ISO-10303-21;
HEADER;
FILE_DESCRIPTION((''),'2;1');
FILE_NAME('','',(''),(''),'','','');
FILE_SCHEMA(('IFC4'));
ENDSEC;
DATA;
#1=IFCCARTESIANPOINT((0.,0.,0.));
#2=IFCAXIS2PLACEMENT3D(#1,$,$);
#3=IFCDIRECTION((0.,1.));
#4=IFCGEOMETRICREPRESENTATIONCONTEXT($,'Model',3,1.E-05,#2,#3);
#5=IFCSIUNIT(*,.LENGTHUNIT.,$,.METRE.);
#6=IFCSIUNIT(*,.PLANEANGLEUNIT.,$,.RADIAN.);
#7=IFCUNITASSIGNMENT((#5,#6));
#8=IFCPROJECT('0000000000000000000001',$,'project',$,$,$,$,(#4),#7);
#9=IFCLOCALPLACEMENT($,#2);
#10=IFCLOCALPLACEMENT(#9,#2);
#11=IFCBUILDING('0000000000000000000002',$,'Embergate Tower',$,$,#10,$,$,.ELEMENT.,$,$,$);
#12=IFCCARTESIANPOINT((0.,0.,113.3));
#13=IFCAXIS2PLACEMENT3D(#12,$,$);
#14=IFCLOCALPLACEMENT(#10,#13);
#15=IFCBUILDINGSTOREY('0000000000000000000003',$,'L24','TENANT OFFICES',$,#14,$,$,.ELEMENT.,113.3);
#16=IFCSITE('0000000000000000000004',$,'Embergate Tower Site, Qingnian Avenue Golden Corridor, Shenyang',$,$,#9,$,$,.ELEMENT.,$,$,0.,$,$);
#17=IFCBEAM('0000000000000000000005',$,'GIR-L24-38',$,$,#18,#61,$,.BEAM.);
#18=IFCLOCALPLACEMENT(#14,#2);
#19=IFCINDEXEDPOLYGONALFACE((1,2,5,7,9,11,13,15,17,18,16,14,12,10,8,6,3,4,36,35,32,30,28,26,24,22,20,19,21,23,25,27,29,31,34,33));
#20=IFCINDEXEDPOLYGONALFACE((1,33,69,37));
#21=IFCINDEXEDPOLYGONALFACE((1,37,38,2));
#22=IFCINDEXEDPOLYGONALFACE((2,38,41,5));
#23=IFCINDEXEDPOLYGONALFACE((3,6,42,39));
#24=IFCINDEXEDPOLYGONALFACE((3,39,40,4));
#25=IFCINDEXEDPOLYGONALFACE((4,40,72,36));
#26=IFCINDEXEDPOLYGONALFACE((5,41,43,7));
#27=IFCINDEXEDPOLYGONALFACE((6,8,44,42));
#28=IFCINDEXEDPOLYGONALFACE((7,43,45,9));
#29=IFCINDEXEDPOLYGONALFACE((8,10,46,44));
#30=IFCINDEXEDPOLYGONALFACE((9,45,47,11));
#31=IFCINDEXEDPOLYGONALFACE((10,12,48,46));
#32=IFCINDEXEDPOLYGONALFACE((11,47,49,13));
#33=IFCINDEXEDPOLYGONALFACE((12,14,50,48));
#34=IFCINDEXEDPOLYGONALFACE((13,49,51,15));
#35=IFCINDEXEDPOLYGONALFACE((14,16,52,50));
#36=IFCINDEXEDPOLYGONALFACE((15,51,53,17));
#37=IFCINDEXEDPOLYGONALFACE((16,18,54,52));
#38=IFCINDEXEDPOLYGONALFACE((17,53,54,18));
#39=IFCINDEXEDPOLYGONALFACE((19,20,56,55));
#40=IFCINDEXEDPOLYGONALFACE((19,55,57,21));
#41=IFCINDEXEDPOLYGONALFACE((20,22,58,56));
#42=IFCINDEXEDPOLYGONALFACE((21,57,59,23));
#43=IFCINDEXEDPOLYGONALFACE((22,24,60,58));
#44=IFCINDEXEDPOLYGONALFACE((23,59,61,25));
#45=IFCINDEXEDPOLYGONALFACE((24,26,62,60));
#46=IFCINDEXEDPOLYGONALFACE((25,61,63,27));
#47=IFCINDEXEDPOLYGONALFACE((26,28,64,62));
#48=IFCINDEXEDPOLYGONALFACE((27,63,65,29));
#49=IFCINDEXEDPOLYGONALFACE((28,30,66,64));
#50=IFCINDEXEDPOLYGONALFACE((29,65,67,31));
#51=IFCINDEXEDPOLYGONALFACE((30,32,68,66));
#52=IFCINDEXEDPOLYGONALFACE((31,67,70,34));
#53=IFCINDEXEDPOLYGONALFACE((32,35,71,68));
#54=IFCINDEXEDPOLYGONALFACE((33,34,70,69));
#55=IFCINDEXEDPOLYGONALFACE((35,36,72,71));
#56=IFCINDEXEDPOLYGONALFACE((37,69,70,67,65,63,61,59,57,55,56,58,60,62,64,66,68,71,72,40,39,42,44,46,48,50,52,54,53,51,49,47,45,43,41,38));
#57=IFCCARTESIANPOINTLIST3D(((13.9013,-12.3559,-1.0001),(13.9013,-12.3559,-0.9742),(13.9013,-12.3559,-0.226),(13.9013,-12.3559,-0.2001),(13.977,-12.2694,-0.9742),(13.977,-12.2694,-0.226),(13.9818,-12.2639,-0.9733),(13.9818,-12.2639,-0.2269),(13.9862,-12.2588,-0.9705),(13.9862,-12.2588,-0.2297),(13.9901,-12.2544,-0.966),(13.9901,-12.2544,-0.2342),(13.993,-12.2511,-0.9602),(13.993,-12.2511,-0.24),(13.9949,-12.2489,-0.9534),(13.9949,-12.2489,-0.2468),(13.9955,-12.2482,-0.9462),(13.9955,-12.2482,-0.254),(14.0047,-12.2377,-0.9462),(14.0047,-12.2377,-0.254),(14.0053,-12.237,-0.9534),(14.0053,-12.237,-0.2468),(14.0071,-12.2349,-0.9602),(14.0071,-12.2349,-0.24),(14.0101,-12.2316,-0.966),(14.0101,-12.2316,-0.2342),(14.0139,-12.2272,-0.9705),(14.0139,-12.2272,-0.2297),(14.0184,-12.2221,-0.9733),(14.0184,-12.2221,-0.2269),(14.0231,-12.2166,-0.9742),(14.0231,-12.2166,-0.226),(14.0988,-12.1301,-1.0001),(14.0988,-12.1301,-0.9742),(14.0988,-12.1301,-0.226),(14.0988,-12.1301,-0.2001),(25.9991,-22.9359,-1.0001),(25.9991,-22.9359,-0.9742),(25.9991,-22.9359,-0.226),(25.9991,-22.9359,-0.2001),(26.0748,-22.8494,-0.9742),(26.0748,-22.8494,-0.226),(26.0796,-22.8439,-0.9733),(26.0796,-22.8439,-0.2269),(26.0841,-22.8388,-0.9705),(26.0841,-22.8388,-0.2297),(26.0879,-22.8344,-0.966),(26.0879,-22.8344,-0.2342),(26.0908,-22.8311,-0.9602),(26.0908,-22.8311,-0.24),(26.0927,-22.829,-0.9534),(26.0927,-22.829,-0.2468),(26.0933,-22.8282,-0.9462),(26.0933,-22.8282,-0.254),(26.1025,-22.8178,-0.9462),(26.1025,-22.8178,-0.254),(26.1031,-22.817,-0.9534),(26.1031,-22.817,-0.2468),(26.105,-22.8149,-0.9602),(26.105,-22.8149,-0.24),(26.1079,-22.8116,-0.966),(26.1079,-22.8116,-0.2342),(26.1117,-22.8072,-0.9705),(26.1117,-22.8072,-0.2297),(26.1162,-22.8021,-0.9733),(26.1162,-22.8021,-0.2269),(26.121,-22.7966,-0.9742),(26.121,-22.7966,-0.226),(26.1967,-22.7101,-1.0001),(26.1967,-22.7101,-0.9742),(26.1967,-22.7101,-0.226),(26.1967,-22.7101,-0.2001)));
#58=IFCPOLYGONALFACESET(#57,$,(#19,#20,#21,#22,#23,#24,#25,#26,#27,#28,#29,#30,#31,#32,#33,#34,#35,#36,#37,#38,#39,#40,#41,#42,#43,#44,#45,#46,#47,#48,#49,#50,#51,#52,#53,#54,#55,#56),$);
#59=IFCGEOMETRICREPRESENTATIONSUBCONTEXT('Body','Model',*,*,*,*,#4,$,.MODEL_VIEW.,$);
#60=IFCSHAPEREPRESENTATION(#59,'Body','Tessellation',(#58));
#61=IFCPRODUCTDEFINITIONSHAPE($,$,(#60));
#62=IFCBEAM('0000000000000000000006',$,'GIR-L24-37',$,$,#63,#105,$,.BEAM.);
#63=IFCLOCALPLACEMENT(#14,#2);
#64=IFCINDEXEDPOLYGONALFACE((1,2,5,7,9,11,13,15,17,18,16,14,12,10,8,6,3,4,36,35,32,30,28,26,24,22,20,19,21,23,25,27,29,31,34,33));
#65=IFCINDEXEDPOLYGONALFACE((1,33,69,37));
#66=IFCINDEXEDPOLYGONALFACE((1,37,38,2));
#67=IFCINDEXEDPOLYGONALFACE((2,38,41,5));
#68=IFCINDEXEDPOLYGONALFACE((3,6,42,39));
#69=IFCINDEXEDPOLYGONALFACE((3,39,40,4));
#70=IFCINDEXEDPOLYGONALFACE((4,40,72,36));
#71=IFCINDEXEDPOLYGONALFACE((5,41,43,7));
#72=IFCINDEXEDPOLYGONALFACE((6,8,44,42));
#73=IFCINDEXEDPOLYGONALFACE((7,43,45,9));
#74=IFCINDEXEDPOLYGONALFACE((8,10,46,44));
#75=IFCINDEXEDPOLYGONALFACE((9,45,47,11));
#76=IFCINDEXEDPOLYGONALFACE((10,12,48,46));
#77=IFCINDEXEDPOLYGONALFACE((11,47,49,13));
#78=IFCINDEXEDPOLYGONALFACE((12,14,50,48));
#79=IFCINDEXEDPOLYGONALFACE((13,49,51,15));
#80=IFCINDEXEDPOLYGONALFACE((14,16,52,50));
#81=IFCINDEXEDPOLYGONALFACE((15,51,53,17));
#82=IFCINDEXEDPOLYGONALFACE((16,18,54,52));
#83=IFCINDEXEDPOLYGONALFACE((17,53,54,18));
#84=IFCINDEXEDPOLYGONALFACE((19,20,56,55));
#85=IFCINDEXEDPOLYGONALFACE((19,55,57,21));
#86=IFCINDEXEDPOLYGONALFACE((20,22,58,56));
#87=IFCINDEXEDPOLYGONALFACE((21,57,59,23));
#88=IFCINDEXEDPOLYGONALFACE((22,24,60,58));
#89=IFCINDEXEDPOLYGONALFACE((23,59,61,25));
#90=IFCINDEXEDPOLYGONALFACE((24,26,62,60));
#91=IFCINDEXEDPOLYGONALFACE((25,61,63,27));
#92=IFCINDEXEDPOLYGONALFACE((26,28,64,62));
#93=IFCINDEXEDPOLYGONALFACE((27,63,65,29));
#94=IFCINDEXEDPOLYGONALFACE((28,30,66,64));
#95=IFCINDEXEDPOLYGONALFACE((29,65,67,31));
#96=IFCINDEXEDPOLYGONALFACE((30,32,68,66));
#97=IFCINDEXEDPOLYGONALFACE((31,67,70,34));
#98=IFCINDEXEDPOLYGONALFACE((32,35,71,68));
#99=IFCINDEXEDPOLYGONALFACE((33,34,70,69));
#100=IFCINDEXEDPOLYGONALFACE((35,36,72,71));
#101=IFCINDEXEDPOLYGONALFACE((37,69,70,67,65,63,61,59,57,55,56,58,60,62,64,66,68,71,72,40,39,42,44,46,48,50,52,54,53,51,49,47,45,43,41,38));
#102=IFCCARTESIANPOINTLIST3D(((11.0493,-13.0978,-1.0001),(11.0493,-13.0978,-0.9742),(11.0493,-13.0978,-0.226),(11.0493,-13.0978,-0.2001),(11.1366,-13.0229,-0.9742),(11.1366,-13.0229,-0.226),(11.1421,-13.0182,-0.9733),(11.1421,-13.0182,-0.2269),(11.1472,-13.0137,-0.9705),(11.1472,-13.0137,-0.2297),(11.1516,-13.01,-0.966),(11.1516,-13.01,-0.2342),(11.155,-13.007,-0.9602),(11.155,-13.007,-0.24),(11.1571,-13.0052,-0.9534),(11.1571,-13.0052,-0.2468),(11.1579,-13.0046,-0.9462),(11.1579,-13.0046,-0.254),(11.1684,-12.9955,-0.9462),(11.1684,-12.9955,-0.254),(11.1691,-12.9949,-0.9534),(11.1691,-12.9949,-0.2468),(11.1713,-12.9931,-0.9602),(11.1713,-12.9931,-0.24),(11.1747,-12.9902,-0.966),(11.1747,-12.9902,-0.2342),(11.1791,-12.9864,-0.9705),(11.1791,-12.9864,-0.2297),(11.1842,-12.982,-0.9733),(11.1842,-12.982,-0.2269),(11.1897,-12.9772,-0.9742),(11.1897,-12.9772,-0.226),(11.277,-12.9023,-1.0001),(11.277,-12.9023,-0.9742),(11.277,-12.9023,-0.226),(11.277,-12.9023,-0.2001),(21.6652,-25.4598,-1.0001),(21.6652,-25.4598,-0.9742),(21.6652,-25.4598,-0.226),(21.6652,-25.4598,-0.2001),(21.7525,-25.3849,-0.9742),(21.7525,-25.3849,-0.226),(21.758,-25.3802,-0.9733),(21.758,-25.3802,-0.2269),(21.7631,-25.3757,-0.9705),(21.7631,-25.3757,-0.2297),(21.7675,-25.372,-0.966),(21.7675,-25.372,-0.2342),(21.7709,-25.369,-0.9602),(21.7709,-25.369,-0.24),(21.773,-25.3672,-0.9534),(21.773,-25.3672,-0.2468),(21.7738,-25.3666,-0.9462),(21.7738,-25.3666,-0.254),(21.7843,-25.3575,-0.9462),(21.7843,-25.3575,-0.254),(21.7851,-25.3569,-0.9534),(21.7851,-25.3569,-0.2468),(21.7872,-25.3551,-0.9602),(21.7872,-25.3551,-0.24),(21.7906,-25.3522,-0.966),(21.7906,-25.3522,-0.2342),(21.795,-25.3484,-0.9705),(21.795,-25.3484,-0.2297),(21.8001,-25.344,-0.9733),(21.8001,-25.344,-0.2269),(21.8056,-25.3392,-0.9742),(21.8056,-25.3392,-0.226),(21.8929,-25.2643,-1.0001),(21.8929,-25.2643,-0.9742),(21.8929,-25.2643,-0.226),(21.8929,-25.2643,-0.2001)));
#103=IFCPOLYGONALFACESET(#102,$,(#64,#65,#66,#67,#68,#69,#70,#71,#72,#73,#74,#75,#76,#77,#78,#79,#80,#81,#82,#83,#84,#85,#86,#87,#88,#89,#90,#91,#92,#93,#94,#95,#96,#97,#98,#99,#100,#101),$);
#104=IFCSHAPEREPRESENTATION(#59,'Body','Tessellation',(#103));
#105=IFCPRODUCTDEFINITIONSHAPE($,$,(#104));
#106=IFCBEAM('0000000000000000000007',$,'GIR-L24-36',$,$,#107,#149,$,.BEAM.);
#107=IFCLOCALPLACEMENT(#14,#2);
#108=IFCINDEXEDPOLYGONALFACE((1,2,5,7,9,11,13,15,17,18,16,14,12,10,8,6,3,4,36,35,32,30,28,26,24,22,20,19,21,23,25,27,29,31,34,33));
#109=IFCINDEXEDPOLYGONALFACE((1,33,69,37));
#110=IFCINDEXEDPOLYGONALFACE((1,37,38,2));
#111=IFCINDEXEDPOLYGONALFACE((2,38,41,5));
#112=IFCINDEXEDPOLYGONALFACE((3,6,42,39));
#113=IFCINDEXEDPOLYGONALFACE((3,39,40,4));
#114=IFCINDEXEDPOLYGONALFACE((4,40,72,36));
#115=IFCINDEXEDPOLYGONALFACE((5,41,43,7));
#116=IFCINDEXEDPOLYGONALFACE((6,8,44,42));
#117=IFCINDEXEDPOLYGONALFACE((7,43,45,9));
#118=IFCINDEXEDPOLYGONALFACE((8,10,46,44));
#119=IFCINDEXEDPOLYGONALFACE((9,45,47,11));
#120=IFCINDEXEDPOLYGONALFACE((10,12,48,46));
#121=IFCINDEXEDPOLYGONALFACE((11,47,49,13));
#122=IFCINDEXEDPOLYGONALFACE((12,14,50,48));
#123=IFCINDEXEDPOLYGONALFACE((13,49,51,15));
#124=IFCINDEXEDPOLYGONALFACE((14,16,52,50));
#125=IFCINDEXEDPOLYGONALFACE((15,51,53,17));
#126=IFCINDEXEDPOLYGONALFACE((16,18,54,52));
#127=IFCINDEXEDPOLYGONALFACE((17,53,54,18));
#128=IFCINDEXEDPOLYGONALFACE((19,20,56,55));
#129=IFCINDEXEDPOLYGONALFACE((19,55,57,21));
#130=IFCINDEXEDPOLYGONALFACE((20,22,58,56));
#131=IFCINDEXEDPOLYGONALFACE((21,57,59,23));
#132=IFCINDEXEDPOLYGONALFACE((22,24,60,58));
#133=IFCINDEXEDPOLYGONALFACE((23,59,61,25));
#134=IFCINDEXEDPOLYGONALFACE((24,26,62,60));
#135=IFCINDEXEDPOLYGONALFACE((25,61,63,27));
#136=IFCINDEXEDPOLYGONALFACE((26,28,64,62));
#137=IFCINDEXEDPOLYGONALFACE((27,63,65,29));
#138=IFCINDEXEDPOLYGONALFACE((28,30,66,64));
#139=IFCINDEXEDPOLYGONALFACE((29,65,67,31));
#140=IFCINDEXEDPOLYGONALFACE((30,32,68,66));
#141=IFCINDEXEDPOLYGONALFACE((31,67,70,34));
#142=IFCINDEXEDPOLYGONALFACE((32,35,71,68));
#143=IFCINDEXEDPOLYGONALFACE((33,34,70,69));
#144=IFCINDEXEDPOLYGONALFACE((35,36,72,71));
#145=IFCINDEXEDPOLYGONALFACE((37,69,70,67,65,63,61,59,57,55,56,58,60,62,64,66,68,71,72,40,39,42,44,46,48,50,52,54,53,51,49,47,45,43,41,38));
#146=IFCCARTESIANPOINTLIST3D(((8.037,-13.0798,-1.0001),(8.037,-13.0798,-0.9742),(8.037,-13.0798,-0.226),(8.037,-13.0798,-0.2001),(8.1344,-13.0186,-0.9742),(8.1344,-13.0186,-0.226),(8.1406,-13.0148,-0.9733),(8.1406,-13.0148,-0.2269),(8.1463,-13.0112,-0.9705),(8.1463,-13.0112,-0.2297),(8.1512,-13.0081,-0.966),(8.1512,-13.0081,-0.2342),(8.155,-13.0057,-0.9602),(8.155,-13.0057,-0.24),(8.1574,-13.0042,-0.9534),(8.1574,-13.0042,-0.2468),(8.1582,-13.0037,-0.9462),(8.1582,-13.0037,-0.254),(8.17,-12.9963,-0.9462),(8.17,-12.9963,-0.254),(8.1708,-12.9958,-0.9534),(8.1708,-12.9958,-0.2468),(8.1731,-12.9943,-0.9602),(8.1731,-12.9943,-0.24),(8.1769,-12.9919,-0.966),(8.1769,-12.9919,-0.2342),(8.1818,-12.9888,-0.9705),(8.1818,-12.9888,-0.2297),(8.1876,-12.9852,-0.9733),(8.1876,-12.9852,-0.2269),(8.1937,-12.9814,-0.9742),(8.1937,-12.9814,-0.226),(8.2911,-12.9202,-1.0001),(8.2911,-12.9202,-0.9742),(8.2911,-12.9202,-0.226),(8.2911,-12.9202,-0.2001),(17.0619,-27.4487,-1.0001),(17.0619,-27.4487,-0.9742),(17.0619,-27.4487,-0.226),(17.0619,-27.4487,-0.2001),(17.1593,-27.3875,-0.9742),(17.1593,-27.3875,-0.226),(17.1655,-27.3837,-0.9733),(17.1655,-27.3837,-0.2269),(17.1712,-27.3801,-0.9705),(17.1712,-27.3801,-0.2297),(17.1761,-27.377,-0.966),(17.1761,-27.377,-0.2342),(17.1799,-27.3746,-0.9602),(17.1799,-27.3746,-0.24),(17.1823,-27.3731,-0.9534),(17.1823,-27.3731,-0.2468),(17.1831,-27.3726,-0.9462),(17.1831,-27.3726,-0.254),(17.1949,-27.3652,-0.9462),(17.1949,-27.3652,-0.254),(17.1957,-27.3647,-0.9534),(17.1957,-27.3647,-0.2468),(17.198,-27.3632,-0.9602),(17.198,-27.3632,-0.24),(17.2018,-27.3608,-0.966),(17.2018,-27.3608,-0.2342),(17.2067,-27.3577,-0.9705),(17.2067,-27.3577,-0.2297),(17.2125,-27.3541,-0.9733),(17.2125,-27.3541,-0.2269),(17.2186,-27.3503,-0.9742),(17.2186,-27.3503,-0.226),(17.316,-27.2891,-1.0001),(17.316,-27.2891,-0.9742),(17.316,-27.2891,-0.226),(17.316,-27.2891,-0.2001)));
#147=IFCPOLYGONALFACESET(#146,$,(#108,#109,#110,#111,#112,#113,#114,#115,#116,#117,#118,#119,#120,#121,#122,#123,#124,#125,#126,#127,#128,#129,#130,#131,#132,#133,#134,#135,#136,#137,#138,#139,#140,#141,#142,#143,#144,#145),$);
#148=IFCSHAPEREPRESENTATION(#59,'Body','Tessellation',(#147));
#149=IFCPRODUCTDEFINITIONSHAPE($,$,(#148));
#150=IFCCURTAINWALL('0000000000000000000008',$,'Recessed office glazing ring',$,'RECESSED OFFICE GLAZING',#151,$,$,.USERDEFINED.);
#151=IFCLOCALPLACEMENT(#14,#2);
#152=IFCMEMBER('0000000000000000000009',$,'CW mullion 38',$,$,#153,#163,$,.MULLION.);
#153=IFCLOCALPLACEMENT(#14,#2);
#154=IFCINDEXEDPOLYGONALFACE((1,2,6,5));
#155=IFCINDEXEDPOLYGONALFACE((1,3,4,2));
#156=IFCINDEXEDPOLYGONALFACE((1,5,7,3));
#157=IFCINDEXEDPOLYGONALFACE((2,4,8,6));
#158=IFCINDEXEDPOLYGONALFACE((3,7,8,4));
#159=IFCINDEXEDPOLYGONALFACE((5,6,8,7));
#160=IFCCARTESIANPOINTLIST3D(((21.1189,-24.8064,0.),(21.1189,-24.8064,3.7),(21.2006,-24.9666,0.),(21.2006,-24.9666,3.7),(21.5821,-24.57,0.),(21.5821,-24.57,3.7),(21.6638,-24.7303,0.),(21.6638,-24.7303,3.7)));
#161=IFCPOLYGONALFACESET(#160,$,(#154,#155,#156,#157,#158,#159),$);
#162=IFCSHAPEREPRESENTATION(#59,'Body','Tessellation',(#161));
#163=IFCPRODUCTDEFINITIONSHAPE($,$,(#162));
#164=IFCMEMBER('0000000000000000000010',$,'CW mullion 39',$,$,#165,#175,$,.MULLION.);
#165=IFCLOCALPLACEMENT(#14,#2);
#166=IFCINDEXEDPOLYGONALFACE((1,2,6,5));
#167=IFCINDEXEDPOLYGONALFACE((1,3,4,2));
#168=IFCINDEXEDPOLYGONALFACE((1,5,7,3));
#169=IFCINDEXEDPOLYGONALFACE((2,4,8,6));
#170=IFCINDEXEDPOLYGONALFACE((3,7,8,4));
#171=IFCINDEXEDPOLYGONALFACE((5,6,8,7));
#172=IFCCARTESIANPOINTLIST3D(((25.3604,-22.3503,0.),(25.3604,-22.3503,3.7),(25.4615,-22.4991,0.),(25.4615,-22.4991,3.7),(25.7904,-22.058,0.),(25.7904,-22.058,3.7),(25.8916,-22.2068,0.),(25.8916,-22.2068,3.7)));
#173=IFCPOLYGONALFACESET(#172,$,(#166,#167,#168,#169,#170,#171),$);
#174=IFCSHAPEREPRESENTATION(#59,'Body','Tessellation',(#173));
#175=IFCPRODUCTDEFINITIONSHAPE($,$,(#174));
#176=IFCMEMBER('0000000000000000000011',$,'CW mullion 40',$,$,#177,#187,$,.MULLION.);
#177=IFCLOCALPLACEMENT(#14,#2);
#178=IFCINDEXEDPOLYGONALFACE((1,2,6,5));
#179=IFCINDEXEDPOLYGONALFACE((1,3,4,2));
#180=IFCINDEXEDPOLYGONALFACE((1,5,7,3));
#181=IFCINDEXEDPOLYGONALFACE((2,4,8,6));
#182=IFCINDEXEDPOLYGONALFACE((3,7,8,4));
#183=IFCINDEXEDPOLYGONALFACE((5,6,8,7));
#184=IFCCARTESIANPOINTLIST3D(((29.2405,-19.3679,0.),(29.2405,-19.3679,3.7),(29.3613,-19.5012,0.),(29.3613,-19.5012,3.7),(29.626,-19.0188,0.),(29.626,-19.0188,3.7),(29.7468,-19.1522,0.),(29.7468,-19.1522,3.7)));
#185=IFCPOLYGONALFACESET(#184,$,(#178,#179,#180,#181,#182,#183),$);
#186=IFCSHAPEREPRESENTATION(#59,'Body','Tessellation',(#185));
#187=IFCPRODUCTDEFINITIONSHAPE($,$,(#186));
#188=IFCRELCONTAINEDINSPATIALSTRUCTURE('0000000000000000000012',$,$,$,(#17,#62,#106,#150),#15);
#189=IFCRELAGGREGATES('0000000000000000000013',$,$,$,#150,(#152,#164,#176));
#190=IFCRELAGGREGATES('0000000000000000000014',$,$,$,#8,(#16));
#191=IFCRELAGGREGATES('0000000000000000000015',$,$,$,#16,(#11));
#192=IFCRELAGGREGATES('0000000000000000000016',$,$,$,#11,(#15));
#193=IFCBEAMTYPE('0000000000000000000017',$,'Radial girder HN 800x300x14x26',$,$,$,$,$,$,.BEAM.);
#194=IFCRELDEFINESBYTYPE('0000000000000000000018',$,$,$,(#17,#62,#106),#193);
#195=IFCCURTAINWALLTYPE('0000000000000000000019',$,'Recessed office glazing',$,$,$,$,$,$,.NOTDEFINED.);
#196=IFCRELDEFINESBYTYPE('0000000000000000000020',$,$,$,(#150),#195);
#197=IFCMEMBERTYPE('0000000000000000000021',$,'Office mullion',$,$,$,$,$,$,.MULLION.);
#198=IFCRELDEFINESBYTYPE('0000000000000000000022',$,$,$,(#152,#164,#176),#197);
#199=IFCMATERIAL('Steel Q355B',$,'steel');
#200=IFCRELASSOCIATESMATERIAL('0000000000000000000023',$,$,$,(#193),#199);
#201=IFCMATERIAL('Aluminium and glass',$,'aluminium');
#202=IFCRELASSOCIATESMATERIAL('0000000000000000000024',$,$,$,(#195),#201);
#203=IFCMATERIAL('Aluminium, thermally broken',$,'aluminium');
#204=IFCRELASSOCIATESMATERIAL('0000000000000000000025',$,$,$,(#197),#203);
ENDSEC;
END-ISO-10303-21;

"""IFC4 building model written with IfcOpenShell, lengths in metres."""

from ifc_helpers import new_model, si_unit, direction, frame, origin, origin_2d, place, context, subcontext, project, spatial, rectangle, i_section, extrude, source, transform, mapped, material, material_profile, profile_set, type_object, element, aggregate, save


model = new_model("IFC4")

# Units and contexts
model_context = context("Model", 3, precision=1e-05, world=origin(), true_north=direction((0.0, 1.0)))
body_context = subcontext(model_context, "Body", "Model", "MODEL_VIEW")
ifc_project = project(units=[si_unit("LENGTHUNIT", "METRE"), si_unit("PLANEANGLEUNIT", "RADIAN")], contexts=[model_context])

# Site, building, storey
site_placement = place(None, origin())
site = spatial("IfcSite", under=ifc_project, at=site_placement, Name="Embergate Tower Site, Qingnian Avenue Golden Corridor, Shenyang", CompositionType="ELEMENT", RefElevation=0.0)
building_placement = place(site_placement, origin())
building = spatial("IfcBuilding", under=site, at=building_placement, Name="Embergate Tower", CompositionType="ELEMENT")
storey_placement = place(building_placement, frame((0.0, 0.0, 113.3)))
storey = spatial("IfcBuildingStorey", under=building, at=storey_placement, Name="L24", Description="TENANT OFFICES", CompositionType="ELEMENT", Elevation=113.3)

# Beams
ifc_material_1 = material(Name="Steel Q355B", Category="steel")
ifc_material_profile_1 = material_profile(ifc_material_1, i_section(OverallWidth=0.3, OverallDepth=0.8, WebThickness=0.0139, FlangeThickness=0.0259, FilletRadius=0.0281, at=origin_2d()), Name="HN 800x300x14x26")
ifc_profile_set_1 = profile_set([ifc_material_profile_1], Name="Steel Q355 grade B")
beam_type_1 = type_object("IfcBeamType", Name="Radial girder HN 800x300x14x26", PredefinedType="BEAM", material=ifc_profile_set_1)
shared_shape_1 = source(origin(), body_context, "Body", "SweptSolid", [
    extrude(i_section(OverallWidth=0.3, OverallDepth=0.8, WebThickness=0.0139, FlangeThickness=0.0259, FilletRadius=0.0281, at=origin_2d()), origin(), (0.0, 0.0, 1.0), 16.0715),
])
beam_1_placement = place(storey_placement, frame((26.0979, -22.823, -0.6001), z_axis=(-0.752749, 0.658308, 0.0), x_axis=(-0.658308, -0.752749, 0.0)))
element("IfcBeam", 1, at=beam_1_placement, inside=storey, type_object=beam_type_1, Name="GIR-L24-38", PredefinedType="BEAM", context=body_context, shape_type="MappedRepresentation", body=[
    mapped(shared_shape_1, transform((0.0, 0.0, 0.0))),
])
shared_shape_2 = source(origin(), body_context, "Body", "SweptSolid", [
    extrude(i_section(OverallWidth=0.3, OverallDepth=0.8, WebThickness=0.0139, FlangeThickness=0.0259, FilletRadius=0.0281, at=origin_2d()), origin(), (0.0, 0.0, 1.0), 16.2947),
])
beam_2_placement = place(storey_placement, frame((21.7791, -25.3621, -0.6001), z_axis=(-0.651496, 0.758652, 0.0), x_axis=(-0.758652, -0.651496, 0.0)))
element("IfcBeam", 2, at=beam_2_placement, inside=storey, type_object=beam_type_1, Name="GIR-L24-37", PredefinedType="BEAM", context=body_context, shape_type="MappedRepresentation", body=[
    mapped(shared_shape_2, transform((0.0, 0.0, 0.0))),
])
shared_shape_3 = source(origin(), body_context, "Body", "SweptSolid", [
    extrude(i_section(OverallWidth=0.3, OverallDepth=0.8, WebThickness=0.0139, FlangeThickness=0.0259, FilletRadius=0.0281, at=origin_2d()), origin(), (0.0, 0.0, 1.0), 16.968),
])
beam_3_placement = place(storey_placement, frame((17.189, -27.3689, -0.6001), z_axis=(-0.531877, 0.846822, 0.0), x_axis=(-0.846822, -0.531877, 0.0)))
element("IfcBeam", 3, at=beam_3_placement, inside=storey, type_object=beam_type_1, Name="GIR-L24-36", PredefinedType="BEAM", context=body_context, shape_type="MappedRepresentation", body=[
    mapped(shared_shape_3, transform((0.0, 0.0, 0.0))),
])

# Curtain wall, members
ifc_material_2 = material(Name="Aluminium and glass", Category="aluminium")
curtain_wall_type = type_object("IfcCurtainWallType", Name="Recessed office glazing", PredefinedType="NOTDEFINED", material=ifc_material_2)
curtain_wall_placement = place(storey_placement, origin())
curtain_wall = element("IfcCurtainWall", 4, at=curtain_wall_placement, inside=storey, type_object=curtain_wall_type, Name="Recessed office glazing ring", ObjectType="RECESSED OFFICE GLAZING", PredefinedType="USERDEFINED")
ifc_material_3 = material(Name="Aluminium, thermally broken", Category="aluminium")
ifc_material_profile_2 = material_profile(ifc_material_3, rectangle(XDim=0.1799, YDim=0.52, at=origin_2d()), Name="AL 520x180")
ifc_profile_set_2 = profile_set([ifc_material_profile_2], Name="Aluminium, thermally broken")
member_type_1 = type_object("IfcMemberType", Name="Office mullion", PredefinedType="MULLION", material=ifc_profile_set_2)
shared_shape_4 = source(origin(), body_context, "Body", "SweptSolid", [
    extrude(rectangle(XDim=0.1799, YDim=0.52, at=origin_2d()), origin(), (0.0, 0.0, 1.0), 3.7),
])
member_1_placement = place(storey_placement, frame((21.3914, -24.7683, 0.0), z_axis=(0.0, 0.0, 1.0), x_axis=(-0.454516, 0.890739, 0.0)))
member_1 = element("IfcMember", 5, at=member_1_placement, type_object=member_type_1, Name="CW mullion 38", PredefinedType="MULLION", context=body_context, shape_type="MappedRepresentation", body=[
    mapped(shared_shape_4, transform((0.0, 0.0, 0.0))),
])
member_2_placement = place(storey_placement, frame((25.626, -22.2786, 0.0), z_axis=(0.0, 0.0, 1.0), x_axis=(-0.562223, 0.826985, 0.0)))
member_2 = element("IfcMember", 6, at=member_2_placement, type_object=member_type_1, Name="CW mullion 39", PredefinedType="MULLION", context=body_context, shape_type="MappedRepresentation", body=[
    mapped(shared_shape_4, transform((0.0, 0.0, 0.0))),
])
member_3_placement = place(storey_placement, frame((29.4937, -19.26, 0.0), z_axis=(0.0, 0.0, 1.0), x_axis=(-0.671233, 0.741246, 0.0)))
member_3 = element("IfcMember", 7, at=member_3_placement, type_object=member_type_1, Name="CW mullion 40", PredefinedType="MULLION", context=body_context, shape_type="MappedRepresentation", body=[
    mapped(shared_shape_4, transform((0.0, 0.0, 0.0))),
])
aggregate(curtain_wall, [member_1, member_2, member_3])

save(model, "model.ifc")
